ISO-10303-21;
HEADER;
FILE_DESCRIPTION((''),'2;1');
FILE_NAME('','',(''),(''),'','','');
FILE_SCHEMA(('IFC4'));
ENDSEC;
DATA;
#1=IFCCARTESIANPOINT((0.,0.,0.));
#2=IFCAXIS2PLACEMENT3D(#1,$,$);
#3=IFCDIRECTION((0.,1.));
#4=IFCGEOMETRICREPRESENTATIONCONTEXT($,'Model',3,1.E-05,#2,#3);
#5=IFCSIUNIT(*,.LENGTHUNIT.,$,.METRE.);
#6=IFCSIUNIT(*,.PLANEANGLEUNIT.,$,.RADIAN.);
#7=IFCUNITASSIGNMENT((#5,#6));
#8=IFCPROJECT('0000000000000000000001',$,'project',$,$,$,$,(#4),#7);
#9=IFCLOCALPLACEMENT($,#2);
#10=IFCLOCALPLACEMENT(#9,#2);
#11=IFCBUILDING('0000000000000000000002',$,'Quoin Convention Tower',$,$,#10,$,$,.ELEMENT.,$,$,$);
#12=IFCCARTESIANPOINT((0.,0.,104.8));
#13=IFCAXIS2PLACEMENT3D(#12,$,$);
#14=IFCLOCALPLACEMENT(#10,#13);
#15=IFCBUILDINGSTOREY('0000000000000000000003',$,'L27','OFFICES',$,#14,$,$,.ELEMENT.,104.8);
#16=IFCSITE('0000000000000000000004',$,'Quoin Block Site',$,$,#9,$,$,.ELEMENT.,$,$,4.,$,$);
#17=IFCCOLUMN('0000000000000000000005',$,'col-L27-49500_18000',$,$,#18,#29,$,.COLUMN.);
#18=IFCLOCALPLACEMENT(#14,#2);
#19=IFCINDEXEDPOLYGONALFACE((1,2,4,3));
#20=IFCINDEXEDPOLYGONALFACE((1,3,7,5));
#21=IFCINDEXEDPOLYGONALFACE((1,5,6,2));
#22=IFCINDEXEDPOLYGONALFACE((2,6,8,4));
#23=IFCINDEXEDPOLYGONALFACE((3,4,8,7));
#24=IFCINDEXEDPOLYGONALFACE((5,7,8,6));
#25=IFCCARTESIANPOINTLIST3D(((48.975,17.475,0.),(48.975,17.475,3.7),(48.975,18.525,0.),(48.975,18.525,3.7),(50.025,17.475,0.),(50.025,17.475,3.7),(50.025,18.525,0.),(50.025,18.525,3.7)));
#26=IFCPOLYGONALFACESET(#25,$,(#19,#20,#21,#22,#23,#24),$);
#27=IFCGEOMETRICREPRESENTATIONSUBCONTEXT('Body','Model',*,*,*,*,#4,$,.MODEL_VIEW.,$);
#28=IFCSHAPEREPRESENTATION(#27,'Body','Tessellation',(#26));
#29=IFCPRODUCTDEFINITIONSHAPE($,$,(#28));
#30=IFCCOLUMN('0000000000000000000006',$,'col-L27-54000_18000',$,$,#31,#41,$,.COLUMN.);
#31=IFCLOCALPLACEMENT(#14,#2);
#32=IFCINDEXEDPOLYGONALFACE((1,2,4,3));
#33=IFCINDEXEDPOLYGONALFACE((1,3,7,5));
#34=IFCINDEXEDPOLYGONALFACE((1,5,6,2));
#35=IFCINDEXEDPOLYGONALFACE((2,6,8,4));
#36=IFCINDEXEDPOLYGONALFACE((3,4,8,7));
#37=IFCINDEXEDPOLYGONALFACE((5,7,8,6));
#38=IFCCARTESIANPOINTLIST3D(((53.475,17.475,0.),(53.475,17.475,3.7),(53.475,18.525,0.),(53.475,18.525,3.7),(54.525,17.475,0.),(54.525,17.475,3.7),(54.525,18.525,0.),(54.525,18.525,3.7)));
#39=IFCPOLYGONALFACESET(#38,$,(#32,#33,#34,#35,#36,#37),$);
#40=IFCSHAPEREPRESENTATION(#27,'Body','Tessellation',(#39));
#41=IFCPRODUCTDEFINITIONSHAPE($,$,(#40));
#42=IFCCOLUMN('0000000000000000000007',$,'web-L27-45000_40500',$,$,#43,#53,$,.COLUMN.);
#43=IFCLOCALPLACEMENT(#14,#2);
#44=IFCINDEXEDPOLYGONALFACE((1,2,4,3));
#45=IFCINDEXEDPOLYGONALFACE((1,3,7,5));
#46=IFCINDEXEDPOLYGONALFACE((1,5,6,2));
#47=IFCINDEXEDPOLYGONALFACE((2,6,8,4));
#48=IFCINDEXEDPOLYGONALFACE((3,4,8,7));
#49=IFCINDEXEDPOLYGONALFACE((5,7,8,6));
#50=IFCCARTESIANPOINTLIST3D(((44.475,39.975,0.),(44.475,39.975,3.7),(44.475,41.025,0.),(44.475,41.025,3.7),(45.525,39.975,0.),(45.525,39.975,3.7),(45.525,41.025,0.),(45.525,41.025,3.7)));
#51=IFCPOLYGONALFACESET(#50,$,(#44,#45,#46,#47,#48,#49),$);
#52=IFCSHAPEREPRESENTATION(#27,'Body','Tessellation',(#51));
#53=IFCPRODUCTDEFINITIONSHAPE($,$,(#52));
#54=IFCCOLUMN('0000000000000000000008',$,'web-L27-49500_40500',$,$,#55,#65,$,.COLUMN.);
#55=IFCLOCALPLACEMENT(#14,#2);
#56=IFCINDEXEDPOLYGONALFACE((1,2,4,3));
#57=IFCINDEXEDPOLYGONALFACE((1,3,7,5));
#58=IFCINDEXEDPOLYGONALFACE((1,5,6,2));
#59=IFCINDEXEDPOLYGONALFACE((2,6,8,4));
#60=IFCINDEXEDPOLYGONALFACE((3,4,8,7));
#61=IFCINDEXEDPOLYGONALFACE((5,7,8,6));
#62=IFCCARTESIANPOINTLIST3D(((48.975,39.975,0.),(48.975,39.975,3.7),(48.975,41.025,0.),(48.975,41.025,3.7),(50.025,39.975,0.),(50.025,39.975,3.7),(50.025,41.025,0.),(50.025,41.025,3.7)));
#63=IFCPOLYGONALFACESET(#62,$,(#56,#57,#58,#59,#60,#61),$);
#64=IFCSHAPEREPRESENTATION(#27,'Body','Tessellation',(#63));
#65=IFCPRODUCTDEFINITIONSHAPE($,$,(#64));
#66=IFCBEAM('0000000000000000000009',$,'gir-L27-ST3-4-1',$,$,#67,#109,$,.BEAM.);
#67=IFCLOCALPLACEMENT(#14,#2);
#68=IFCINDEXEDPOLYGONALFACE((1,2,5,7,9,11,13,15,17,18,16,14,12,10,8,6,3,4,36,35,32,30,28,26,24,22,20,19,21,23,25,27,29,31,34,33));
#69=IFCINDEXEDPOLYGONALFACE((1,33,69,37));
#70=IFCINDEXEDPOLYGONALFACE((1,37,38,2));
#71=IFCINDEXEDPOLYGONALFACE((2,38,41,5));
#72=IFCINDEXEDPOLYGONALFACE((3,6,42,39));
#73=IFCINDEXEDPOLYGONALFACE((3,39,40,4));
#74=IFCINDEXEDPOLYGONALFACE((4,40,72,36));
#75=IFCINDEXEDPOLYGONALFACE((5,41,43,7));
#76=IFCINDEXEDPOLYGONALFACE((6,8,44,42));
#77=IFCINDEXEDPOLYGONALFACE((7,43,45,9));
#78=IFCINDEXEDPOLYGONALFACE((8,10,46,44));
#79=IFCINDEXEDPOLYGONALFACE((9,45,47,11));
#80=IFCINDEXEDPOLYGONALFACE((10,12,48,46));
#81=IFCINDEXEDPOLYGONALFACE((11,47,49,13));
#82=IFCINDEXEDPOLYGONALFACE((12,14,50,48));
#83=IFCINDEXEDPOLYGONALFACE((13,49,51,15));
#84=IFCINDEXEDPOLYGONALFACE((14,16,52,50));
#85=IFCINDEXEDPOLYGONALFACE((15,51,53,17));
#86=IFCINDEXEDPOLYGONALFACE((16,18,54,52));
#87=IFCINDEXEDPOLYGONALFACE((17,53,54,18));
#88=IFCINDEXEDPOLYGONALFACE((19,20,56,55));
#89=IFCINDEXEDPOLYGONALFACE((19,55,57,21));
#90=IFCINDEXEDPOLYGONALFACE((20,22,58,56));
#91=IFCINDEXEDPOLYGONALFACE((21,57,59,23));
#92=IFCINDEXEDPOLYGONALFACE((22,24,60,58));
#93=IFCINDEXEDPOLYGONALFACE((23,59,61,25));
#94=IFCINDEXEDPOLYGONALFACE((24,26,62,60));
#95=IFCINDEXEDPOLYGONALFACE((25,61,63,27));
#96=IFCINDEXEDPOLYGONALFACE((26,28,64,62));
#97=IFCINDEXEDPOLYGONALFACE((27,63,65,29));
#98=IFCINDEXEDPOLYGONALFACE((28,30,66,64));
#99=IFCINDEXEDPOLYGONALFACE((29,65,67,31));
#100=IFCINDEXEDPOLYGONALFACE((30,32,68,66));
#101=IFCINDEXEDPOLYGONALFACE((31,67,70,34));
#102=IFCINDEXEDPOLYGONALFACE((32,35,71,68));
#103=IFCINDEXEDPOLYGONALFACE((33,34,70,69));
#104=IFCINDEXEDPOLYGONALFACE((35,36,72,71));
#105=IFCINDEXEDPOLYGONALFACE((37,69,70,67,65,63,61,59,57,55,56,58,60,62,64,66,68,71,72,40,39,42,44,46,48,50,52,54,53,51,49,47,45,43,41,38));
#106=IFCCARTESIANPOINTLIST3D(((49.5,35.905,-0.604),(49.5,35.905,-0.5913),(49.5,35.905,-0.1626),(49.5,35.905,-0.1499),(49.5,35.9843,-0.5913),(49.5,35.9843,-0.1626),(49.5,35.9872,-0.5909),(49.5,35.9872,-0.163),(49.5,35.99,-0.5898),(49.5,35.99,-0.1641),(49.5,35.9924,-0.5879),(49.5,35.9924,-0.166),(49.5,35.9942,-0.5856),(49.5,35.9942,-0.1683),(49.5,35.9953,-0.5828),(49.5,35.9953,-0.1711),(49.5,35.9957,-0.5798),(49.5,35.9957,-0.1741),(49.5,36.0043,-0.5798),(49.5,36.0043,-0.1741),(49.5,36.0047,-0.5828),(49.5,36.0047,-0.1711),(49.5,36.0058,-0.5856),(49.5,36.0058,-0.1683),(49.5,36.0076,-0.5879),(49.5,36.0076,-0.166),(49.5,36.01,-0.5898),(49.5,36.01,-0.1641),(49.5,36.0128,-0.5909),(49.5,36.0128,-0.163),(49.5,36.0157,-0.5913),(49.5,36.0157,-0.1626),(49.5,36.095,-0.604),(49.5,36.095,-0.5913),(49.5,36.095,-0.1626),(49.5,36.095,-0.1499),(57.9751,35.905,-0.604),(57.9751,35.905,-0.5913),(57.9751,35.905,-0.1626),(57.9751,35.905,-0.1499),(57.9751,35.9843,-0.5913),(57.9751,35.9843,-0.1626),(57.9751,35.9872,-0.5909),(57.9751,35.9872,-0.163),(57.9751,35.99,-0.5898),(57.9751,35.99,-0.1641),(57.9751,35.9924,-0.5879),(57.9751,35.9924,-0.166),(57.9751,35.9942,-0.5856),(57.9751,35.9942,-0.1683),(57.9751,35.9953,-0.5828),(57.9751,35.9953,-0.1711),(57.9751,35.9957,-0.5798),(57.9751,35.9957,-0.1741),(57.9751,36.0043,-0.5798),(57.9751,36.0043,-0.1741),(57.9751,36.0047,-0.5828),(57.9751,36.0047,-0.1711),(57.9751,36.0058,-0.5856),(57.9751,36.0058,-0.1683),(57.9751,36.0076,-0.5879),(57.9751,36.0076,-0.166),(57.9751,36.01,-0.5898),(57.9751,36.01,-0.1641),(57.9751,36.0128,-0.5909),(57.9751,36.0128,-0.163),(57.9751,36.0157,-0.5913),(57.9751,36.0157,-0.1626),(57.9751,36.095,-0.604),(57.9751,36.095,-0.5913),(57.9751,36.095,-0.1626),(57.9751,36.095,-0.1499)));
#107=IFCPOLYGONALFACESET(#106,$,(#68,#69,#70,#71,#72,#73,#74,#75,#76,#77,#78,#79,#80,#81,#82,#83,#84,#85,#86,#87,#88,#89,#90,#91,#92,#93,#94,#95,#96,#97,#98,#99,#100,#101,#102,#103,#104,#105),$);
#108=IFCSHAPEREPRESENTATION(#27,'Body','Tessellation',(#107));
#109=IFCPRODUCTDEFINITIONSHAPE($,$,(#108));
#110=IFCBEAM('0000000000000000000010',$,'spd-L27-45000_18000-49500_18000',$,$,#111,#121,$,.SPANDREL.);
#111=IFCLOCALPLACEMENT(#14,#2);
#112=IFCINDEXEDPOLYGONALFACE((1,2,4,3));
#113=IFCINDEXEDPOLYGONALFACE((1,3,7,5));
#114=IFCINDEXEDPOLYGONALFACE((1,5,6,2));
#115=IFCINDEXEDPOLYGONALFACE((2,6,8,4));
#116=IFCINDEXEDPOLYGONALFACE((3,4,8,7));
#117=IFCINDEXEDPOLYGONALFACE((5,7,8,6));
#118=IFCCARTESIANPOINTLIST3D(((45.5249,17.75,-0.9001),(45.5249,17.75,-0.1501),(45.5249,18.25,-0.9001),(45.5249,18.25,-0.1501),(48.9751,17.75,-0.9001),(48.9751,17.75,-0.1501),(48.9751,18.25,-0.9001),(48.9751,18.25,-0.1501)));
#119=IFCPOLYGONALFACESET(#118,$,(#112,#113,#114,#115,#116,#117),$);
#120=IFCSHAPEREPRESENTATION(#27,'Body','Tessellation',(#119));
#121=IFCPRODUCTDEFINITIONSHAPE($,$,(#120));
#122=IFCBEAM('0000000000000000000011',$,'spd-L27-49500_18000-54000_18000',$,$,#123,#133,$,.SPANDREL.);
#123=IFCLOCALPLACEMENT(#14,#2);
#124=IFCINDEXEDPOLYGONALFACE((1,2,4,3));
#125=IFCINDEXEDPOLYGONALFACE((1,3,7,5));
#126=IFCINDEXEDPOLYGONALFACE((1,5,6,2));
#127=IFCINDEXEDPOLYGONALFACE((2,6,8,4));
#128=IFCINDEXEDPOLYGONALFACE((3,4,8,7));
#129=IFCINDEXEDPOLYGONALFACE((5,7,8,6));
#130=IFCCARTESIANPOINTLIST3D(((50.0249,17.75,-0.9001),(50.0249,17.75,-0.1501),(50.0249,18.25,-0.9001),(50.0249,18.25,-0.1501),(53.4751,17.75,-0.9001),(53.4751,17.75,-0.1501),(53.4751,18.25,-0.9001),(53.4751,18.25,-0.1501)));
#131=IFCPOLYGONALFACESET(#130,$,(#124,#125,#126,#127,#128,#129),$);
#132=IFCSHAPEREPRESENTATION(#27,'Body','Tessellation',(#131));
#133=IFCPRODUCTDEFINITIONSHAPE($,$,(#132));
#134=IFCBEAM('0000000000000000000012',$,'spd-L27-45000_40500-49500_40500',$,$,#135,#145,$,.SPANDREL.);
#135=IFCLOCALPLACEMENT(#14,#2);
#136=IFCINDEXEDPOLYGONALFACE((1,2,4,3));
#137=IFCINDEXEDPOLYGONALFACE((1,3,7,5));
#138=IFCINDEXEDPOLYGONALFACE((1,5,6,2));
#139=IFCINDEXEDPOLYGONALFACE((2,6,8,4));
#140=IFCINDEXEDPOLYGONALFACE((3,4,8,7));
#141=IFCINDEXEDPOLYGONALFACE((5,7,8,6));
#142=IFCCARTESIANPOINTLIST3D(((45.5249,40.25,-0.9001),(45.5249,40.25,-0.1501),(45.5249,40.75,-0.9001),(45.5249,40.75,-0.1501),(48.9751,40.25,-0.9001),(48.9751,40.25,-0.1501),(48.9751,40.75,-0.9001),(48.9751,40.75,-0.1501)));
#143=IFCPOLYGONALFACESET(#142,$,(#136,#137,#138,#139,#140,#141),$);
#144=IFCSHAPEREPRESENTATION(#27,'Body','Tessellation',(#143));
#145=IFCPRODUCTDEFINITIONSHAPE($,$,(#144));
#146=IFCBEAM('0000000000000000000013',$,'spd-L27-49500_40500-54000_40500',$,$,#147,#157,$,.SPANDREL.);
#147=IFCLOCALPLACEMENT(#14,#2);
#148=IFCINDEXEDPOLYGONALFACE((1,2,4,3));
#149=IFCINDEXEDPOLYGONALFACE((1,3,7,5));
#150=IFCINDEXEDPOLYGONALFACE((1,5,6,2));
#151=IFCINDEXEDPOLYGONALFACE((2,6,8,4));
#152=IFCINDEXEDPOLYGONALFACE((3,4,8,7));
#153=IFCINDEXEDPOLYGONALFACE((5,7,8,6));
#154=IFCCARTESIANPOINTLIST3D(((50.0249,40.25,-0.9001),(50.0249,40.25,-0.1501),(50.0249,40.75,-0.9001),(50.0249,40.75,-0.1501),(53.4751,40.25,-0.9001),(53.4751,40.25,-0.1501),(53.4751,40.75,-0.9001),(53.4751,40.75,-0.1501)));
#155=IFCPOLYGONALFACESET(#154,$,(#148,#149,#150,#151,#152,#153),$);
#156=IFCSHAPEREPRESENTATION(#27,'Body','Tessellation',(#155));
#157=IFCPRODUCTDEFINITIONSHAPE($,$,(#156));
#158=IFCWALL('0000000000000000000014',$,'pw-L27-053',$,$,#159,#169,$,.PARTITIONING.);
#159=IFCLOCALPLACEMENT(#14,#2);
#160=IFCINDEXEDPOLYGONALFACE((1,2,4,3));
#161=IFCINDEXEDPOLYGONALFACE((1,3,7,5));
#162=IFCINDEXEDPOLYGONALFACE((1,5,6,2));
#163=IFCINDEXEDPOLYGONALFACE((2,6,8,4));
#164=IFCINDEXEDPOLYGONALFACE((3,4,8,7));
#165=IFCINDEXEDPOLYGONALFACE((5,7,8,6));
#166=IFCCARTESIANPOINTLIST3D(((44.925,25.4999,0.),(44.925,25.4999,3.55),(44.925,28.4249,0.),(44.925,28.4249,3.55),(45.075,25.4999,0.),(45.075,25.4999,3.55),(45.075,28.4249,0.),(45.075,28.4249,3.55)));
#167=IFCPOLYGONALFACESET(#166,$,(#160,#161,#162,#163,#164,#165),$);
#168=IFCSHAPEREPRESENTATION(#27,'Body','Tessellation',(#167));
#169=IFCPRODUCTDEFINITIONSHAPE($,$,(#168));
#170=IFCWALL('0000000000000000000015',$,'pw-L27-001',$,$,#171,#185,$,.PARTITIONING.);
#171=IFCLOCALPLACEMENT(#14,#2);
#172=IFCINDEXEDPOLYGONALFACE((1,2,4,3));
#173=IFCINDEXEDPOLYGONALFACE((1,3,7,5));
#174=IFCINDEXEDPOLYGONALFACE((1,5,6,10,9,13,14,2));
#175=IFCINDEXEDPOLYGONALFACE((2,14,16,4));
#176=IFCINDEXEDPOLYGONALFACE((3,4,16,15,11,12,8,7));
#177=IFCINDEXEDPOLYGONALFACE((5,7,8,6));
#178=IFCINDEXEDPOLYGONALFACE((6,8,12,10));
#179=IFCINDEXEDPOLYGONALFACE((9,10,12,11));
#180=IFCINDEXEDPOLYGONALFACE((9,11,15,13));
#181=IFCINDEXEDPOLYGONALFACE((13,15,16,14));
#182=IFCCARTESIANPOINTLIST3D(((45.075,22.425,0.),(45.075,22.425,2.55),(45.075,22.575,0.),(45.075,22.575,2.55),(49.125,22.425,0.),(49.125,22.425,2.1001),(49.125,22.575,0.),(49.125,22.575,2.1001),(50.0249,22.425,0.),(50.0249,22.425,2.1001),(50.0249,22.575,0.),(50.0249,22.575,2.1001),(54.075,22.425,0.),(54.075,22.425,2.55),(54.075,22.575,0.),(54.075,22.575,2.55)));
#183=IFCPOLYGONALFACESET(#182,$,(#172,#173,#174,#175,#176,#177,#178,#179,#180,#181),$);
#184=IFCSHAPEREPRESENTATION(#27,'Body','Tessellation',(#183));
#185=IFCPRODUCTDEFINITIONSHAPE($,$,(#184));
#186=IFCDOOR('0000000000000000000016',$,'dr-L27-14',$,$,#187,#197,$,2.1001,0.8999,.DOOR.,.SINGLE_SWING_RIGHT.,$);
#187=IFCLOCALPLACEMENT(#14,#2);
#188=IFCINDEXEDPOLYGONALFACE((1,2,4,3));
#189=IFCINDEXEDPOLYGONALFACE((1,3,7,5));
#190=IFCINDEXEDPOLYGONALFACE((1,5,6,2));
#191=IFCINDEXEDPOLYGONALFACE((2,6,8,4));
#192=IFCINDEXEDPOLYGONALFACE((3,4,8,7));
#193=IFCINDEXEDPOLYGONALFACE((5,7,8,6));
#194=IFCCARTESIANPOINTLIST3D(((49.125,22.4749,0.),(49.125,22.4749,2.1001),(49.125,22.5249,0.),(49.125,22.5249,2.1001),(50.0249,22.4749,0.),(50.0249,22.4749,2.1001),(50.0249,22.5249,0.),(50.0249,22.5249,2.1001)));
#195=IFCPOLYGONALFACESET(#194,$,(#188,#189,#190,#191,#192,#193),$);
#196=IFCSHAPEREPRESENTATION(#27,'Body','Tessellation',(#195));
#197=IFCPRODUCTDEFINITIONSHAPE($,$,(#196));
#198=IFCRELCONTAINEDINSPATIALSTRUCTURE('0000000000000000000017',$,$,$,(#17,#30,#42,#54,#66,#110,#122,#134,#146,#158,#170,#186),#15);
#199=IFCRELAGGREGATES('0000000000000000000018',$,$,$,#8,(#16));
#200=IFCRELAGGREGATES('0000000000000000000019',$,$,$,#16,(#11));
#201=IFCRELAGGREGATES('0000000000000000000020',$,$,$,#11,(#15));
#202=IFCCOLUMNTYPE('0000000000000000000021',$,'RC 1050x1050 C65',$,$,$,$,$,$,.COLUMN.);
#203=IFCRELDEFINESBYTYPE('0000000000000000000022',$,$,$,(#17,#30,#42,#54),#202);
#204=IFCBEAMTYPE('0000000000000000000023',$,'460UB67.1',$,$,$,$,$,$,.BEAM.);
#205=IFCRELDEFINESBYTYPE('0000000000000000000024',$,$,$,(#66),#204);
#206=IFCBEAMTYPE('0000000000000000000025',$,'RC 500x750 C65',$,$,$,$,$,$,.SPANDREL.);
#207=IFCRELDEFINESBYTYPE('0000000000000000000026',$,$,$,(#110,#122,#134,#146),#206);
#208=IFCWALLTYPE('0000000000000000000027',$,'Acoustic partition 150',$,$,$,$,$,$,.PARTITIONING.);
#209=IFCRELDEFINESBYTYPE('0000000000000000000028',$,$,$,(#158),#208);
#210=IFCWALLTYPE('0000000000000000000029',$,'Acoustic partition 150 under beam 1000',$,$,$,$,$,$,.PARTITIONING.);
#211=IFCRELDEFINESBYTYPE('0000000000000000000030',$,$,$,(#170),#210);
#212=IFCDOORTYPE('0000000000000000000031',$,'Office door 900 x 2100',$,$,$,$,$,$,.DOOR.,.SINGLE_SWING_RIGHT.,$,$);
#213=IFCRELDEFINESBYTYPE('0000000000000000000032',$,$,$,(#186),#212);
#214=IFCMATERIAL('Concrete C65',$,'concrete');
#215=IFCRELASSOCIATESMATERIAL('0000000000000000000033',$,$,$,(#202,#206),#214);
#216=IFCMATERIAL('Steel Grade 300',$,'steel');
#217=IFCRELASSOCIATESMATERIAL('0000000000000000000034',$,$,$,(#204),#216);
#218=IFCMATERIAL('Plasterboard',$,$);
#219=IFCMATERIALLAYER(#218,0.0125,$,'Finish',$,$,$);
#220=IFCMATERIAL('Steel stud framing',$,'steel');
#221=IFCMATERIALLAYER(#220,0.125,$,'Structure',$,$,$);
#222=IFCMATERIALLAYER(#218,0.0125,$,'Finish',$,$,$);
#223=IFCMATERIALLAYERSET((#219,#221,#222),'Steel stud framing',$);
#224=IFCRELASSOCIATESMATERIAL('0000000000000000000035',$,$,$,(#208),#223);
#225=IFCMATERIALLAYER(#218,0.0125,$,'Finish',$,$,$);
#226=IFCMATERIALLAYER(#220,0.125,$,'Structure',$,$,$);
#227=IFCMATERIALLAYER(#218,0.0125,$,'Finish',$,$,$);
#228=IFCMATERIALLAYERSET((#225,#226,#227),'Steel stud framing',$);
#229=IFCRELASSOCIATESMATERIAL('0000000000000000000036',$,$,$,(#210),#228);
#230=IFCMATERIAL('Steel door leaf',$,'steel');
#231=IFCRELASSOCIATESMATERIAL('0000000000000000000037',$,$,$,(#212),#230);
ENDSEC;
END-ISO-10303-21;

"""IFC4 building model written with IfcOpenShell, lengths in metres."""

from ifc_helpers import new_model, si_unit, direction, frame, frame_2d, origin, origin_2d, place, context, subcontext, project, spatial, rectangle, i_section, extrude, material, layer, layer_set, material_profile, profile_set, type_object, element, fill, save


model = new_model("IFC4")

# Units and contexts
model_context = context("Model", 3, precision=1e-05, world=origin(), true_north=direction((0.0, 1.0)))
body_context = subcontext(model_context, "Body", "Model", "MODEL_VIEW")
ifc_project = project(units=[si_unit("LENGTHUNIT", "METRE"), si_unit("PLANEANGLEUNIT", "RADIAN")], contexts=[model_context])

# Site, building, storey
site_placement = place(None, origin())
site = spatial("IfcSite", under=ifc_project, at=site_placement, Name="Quoin Block Site", CompositionType="ELEMENT", RefElevation=4.0)
building_placement = place(site_placement, origin())
building = spatial("IfcBuilding", under=site, at=building_placement, Name="Quoin Convention Tower", CompositionType="ELEMENT")
storey_placement = place(building_placement, frame((0.0, 0.0, 104.8)))
storey = spatial("IfcBuildingStorey", under=building, at=storey_placement, Name="L27", Description="OFFICES", CompositionType="ELEMENT", Elevation=104.8)

# Columns
ifc_material_1 = material(Name="Concrete C65", Category="concrete")
ifc_material_profile_1 = material_profile(ifc_material_1, rectangle(XDim=1.05, YDim=1.05, at=origin_2d()), Name="RC 1050x1050")
ifc_profile_set_1 = profile_set([ifc_material_profile_1], Name="Concrete C65")
column_type = type_object("IfcColumnType", Name="RC 1050x1050 C65", PredefinedType="COLUMN", material=ifc_profile_set_1)
for number, where, z_axis, x_axis, name in (
    (1, (49.5, 18.0, 0.0), (0.0, 0.0, 1.0), (1.0, 0.0, 0.0), "col-L27-49500_18000"),
    (2, (54.0, 18.0, 0.0), (0.0, 0.0, 1.0), (1.0, 0.0, 0.0), "col-L27-54000_18000"),
    (3, (45.0, 40.5, 0.0), (0.0, 0.0, 1.0), (1.0, 0.0, 0.0), "web-L27-45000_40500"),
    (4, (49.5, 40.5, 0.0), (0.0, 0.0, 1.0), (1.0, 0.0, 0.0), "web-L27-49500_40500"),
):
    element("IfcColumn", number, at=place(storey_placement, frame(where, z_axis=z_axis, x_axis=x_axis)), inside=storey, type_object=column_type, Name=name, PredefinedType="COLUMN", context=body_context, shape_type="SweptSolid", body=[
        extrude(rectangle(XDim=1.05, YDim=1.05, at=origin_2d()), origin(), (0.0, 0.0, 1.0), 3.7),
    ])

# Beams
ifc_material_2 = material(Name="Steel Grade 300", Category="steel")
ifc_material_profile_2 = material_profile(ifc_material_2, i_section(OverallWidth=0.1899, OverallDepth=0.4541, WebThickness=0.0085, FlangeThickness=0.0127, FilletRadius=0.0115, at=origin_2d()), Name="460UB67.1")
ifc_profile_set_2 = profile_set([ifc_material_profile_2], Name="Steel Grade 300")
beam_type_1 = type_object("IfcBeamType", Name="460UB67.1", PredefinedType="BEAM", material=ifc_profile_set_2)
beam_placement = place(storey_placement, frame((49.5, 36.0, -0.377), z_axis=(1.0, 0.0, 0.0), x_axis=(0.0, 1.0, 0.0)))
element("IfcBeam", 5, at=beam_placement, inside=storey, type_object=beam_type_1, Name="gir-L27-ST3-4-1", PredefinedType="BEAM", context=body_context, shape_type="SweptSolid", body=[
    extrude(i_section(OverallWidth=0.1899, OverallDepth=0.4541, WebThickness=0.0085, FlangeThickness=0.0127, FilletRadius=0.0115, at=origin_2d()), origin(), (0.0, 0.0, 1.0), 8.4751),
])
ifc_material_profile_3 = material_profile(ifc_material_1, rectangle(XDim=0.5, YDim=0.75, at=origin_2d()), Name="RC 500x750")
ifc_profile_set_3 = profile_set([ifc_material_profile_3], Name="Concrete C65")
beam_type_2 = type_object("IfcBeamType", Name="RC 500x750 C65", PredefinedType="SPANDREL", material=ifc_profile_set_3)
for number, where, z_axis, x_axis, name in (
    (6, (45.5249, 18.0, -0.5251), (1.0, 0.0, 0.0), (0.0, 1.0, 0.0), "spd-L27-45000_18000-49500_18000"),
    (7, (50.0249, 18.0, -0.5251), (1.0, 0.0, 0.0), (0.0, 1.0, 0.0), "spd-L27-49500_18000-54000_18000"),
    (8, (45.5249, 40.5, -0.5251), (1.0, 0.0, 0.0), (0.0, 1.0, 0.0), "spd-L27-45000_40500-49500_40500"),
    (9, (50.0249, 40.5, -0.5251), (1.0, 0.0, 0.0), (0.0, 1.0, 0.0), "spd-L27-49500_40500-54000_40500"),
):
    element("IfcBeam", number, at=place(storey_placement, frame(where, z_axis=z_axis, x_axis=x_axis)), inside=storey, type_object=beam_type_2, Name=name, PredefinedType="SPANDREL", context=body_context, shape_type="SweptSolid", body=[
        extrude(rectangle(XDim=0.5, YDim=0.75, at=origin_2d()), origin(), (0.0, 0.0, 1.0), 3.4502),
    ])

# Wall
ifc_material_3 = material(Name="Plasterboard")
ifc_layer_1 = layer(ifc_material_3, 0.0125, Name="Finish")
ifc_material_4 = material(Name="Steel stud framing", Category="steel")
ifc_layer_2 = layer(ifc_material_4, 0.125, Name="Structure")
ifc_layer_3 = layer(ifc_material_3, 0.0125, Name="Finish")
ifc_layer_set_1 = layer_set([ifc_layer_1, ifc_layer_2, ifc_layer_3], Name="Steel stud framing")
wall_type_1 = type_object("IfcWallType", Name="Acoustic partition 150", PredefinedType="PARTITIONING", material=ifc_layer_set_1)
wall_1_placement = place(storey_placement, frame((45.0, 25.5, 0.0), z_axis=(0.0, 0.0, 1.0), x_axis=(0.0, 1.0, 0.0)))
element("IfcWall", 10, at=wall_1_placement, inside=storey, type_object=wall_type_1, Name="pw-L27-053", PredefinedType="PARTITIONING", context=body_context, shape_type="SweptSolid", body=[
    extrude(rectangle(XDim=2.925, YDim=0.1499, at=frame_2d((1.4624, 0.0))), origin(), (0.0, 0.0, 1.0), 3.55),
])

# Wall, opening, door
ifc_layer_4 = layer(ifc_material_3, 0.0125, Name="Finish")
ifc_layer_5 = layer(ifc_material_4, 0.125, Name="Structure")
ifc_layer_6 = layer(ifc_material_3, 0.0125, Name="Finish")
ifc_layer_set_2 = layer_set([ifc_layer_4, ifc_layer_5, ifc_layer_6], Name="Steel stud framing")
wall_type_2 = type_object("IfcWallType", Name="Acoustic partition 150 under beam 1000", PredefinedType="PARTITIONING", material=ifc_layer_set_2)
wall_2_placement = place(storey_placement, frame((45.075, 22.5, 0.0), z_axis=(0.0, 0.0, 1.0), x_axis=(1.0, 0.0, 0.0)))
wall_2 = element("IfcWall", 11, at=wall_2_placement, inside=storey, type_object=wall_type_2, Name="pw-L27-001", PredefinedType="PARTITIONING", context=body_context, shape_type="SweptSolid", body=[
    extrude(rectangle(XDim=9.0, YDim=0.1499, at=frame_2d((4.5, 0.0))), origin(), (0.0, 0.0, 1.0), 2.55),
])
opening_1_placement = place(wall_2_placement, frame((4.05, 0.0, 0.0)))
opening_1 = element("IfcOpeningElement", 12, at=opening_1_placement, cuts=wall_2, PredefinedType="OPENING", context=body_context, shape_type="SweptSolid", body=[
    extrude(rectangle(XDim=0.8999, YDim=2.1001, at=frame_2d((0.45, 1.05))), frame((0.0, 0.085, 0.0), z_axis=(0.0, -1.0, 0.0), x_axis=(1.0, 0.0, 0.0)), (0.0, 0.0, 1.0), 0.1699),
])
ifc_material_5 = material(Name="Steel door leaf", Category="steel")
door_type_1 = type_object("IfcDoorType", Name="Office door 900 x 2100", OperationType="SINGLE_SWING_RIGHT", PredefinedType="DOOR", material=ifc_material_5)
door_1_placement = place(opening_1_placement, origin())
door_1 = element("IfcDoor", 13, at=door_1_placement, inside=storey, type_object=door_type_1, Name="dr-L27-14", OperationType="SINGLE_SWING_RIGHT", OverallHeight=2.1001, OverallWidth=0.8999, PredefinedType="DOOR", context=body_context, shape_type="SweptSolid", body=[
    extrude(rectangle(XDim=0.8999, YDim=2.1001, at=frame_2d((0.45, 1.05))), frame((0.0, 0.0249, 0.0), z_axis=(0.0, -1.0, 0.0), x_axis=(1.0, 0.0, 0.0)), (0.0, 0.0, 1.0), 0.05),
])
fill(opening_1, door_1)

save(model, "model.ifc")
